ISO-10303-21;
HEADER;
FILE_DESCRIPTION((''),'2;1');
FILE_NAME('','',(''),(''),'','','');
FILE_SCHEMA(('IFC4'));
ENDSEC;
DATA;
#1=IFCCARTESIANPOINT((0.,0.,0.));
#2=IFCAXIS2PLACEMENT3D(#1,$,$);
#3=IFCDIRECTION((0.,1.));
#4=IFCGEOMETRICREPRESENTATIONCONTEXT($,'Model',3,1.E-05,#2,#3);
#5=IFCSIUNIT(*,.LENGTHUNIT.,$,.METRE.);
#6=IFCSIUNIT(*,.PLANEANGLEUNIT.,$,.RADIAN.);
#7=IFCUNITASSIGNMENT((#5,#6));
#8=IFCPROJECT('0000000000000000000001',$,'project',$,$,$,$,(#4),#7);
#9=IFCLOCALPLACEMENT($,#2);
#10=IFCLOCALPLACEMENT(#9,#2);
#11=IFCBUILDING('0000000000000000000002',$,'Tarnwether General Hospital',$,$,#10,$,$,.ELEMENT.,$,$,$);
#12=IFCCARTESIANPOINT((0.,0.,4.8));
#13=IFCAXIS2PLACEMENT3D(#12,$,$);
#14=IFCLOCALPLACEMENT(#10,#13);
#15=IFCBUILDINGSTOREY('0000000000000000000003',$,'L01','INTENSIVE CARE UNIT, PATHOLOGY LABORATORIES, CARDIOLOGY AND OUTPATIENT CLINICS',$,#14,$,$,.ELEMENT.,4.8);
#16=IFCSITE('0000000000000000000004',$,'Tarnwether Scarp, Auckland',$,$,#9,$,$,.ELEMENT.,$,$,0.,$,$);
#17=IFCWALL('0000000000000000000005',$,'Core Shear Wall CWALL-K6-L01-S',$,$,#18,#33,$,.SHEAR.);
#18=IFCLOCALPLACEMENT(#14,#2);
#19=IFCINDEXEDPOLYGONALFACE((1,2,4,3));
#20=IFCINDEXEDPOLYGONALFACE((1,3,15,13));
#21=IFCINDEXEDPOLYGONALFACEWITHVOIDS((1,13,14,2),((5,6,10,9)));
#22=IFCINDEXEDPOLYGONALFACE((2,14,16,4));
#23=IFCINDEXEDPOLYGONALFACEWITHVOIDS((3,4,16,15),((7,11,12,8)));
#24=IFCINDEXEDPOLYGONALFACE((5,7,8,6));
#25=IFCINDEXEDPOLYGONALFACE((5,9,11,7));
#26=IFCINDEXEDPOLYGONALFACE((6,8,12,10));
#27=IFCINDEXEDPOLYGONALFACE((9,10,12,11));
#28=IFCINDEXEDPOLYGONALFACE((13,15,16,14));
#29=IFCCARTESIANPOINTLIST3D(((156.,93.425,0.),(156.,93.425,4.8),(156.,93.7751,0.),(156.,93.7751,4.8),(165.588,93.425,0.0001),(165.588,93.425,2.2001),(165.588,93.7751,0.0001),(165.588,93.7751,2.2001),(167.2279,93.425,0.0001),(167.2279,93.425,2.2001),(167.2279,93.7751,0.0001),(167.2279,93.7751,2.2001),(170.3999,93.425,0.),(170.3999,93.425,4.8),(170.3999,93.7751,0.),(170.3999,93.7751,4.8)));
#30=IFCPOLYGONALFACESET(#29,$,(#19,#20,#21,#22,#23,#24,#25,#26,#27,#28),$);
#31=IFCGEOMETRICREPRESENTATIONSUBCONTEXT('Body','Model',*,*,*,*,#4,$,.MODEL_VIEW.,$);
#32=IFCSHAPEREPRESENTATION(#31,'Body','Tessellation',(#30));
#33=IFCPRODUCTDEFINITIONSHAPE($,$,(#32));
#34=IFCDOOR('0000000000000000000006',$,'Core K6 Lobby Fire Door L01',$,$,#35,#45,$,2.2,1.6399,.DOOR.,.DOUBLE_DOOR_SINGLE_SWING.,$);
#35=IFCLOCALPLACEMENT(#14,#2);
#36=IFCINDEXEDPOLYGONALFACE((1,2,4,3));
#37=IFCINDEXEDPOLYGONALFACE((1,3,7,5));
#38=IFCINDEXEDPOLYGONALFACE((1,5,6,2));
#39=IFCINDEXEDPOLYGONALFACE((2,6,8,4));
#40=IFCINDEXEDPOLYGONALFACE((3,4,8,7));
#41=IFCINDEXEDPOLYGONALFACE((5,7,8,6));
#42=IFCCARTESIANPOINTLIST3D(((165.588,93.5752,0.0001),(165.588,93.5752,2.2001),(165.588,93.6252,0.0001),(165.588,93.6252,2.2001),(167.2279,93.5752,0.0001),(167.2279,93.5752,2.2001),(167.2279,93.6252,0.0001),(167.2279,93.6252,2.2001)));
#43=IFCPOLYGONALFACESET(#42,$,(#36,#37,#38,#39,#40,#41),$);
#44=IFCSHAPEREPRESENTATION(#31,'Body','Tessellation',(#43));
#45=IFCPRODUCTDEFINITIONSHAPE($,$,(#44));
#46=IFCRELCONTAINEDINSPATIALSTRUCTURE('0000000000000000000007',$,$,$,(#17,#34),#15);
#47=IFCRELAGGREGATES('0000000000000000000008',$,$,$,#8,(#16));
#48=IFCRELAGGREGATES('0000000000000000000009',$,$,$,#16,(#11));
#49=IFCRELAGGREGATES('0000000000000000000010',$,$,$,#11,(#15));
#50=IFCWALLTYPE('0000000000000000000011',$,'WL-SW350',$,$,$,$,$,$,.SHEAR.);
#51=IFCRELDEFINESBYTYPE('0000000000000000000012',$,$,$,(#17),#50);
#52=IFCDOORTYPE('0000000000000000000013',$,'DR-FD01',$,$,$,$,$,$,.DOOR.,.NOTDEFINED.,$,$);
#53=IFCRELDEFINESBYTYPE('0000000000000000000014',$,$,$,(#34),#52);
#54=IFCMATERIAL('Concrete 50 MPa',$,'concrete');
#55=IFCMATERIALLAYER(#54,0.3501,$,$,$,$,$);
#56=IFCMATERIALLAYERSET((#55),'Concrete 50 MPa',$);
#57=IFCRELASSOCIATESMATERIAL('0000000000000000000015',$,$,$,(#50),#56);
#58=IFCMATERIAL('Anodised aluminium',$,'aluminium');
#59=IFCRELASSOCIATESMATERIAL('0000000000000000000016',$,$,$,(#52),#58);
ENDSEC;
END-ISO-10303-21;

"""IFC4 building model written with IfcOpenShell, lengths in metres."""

from ifc_helpers import new_model, si_unit, direction, frame, frame_2d, origin, place, context, subcontext, project, spatial, rectangle, extrude, material, layer, layer_set, type_object, element, fill, save


model = new_model("IFC4")

# Units and contexts
model_context = context("Model", 3, precision=1e-05, world=origin(), true_north=direction((0.0, 1.0)))
body_context = subcontext(model_context, "Body", "Model", "MODEL_VIEW")
ifc_project = project(units=[si_unit("LENGTHUNIT", "METRE"), si_unit("PLANEANGLEUNIT", "RADIAN")], contexts=[model_context])

# Site, building, storey
site_placement = place(None, origin())
site = spatial("IfcSite", under=ifc_project, at=site_placement, Name="Tarnwether Scarp, Auckland", CompositionType="ELEMENT", RefElevation=0.0)
building_placement = place(site_placement, origin())
building = spatial("IfcBuilding", under=site, at=building_placement, Name="Tarnwether General Hospital", CompositionType="ELEMENT")
storey_placement = place(building_placement, frame((0.0, 0.0, 4.8)))
storey = spatial("IfcBuildingStorey", under=building, at=storey_placement, Name="L01", Description="INTENSIVE CARE UNIT, PATHOLOGY LABORATORIES, CARDIOLOGY AND OUTPATIENT CLINICS", CompositionType="ELEMENT", Elevation=4.8)

# Wall, opening, door
ifc_material_1 = material(Name="Concrete 50 MPa", Category="concrete")
ifc_layer_1 = layer(ifc_material_1, 0.3501)
ifc_layer_set_1 = layer_set([ifc_layer_1], Name="Concrete 50 MPa")
wall_type_1 = type_object("IfcWallType", Name="WL-SW350", PredefinedType="SHEAR", material=ifc_layer_set_1)
wall_1_placement = place(storey_placement, frame((170.3999, 93.6001, 0.0), z_axis=(0.0, 0.0, 1.0), x_axis=(-1.0, 0.0, 0.0)))
wall_1 = element("IfcWall", 1, at=wall_1_placement, inside=storey, type_object=wall_type_1, Name="Core Shear Wall CWALL-K6-L01-S", PredefinedType="SHEAR", context=body_context, shape_type="SweptSolid", body=[
    extrude(rectangle(XDim=14.3999, YDim=0.3501, at=frame_2d((7.2, 0.0))), origin(), (0.0, 0.0, 1.0), 4.8),
])
opening_1_placement = place(wall_1_placement, frame((3.1721, 0.0, 0.0)))
opening_1 = element("IfcOpeningElement", 2, at=opening_1_placement, cuts=wall_1, PredefinedType="OPENING", context=body_context, shape_type="SweptSolid", body=[
    extrude(rectangle(XDim=1.6399, YDim=2.2, at=frame_2d((0.8198, 1.1001))), frame((0.0, 0.1851, 0.0), z_axis=(0.0, -1.0, 0.0), x_axis=(1.0, 0.0, 0.0)), (0.0, 0.0, 1.0), 0.3701),
])
ifc_material_2 = material(Name="Anodised aluminium", Category="aluminium")
door_type_1 = type_object("IfcDoorType", Name="DR-FD01", OperationType="NOTDEFINED", PredefinedType="DOOR", material=ifc_material_2)
door_1_placement = place(opening_1_placement, origin())
door_1 = element("IfcDoor", 3, at=door_1_placement, inside=storey, type_object=door_type_1, Name="Core K6 Lobby Fire Door L01", OperationType="DOUBLE_DOOR_SINGLE_SWING", OverallHeight=2.2, OverallWidth=1.6399, PredefinedType="DOOR", context=body_context, shape_type="SweptSolid", body=[
    extrude(rectangle(XDim=1.6399, YDim=2.2, at=frame_2d((0.8198, 1.1001))), frame((0.0, 0.0249, 0.0), z_axis=(0.0, -1.0, 0.0), x_axis=(1.0, 0.0, 0.0)), (0.0, 0.0, 1.0), 0.05),
])
fill(opening_1, door_1)

save(model, "model.ifc")
